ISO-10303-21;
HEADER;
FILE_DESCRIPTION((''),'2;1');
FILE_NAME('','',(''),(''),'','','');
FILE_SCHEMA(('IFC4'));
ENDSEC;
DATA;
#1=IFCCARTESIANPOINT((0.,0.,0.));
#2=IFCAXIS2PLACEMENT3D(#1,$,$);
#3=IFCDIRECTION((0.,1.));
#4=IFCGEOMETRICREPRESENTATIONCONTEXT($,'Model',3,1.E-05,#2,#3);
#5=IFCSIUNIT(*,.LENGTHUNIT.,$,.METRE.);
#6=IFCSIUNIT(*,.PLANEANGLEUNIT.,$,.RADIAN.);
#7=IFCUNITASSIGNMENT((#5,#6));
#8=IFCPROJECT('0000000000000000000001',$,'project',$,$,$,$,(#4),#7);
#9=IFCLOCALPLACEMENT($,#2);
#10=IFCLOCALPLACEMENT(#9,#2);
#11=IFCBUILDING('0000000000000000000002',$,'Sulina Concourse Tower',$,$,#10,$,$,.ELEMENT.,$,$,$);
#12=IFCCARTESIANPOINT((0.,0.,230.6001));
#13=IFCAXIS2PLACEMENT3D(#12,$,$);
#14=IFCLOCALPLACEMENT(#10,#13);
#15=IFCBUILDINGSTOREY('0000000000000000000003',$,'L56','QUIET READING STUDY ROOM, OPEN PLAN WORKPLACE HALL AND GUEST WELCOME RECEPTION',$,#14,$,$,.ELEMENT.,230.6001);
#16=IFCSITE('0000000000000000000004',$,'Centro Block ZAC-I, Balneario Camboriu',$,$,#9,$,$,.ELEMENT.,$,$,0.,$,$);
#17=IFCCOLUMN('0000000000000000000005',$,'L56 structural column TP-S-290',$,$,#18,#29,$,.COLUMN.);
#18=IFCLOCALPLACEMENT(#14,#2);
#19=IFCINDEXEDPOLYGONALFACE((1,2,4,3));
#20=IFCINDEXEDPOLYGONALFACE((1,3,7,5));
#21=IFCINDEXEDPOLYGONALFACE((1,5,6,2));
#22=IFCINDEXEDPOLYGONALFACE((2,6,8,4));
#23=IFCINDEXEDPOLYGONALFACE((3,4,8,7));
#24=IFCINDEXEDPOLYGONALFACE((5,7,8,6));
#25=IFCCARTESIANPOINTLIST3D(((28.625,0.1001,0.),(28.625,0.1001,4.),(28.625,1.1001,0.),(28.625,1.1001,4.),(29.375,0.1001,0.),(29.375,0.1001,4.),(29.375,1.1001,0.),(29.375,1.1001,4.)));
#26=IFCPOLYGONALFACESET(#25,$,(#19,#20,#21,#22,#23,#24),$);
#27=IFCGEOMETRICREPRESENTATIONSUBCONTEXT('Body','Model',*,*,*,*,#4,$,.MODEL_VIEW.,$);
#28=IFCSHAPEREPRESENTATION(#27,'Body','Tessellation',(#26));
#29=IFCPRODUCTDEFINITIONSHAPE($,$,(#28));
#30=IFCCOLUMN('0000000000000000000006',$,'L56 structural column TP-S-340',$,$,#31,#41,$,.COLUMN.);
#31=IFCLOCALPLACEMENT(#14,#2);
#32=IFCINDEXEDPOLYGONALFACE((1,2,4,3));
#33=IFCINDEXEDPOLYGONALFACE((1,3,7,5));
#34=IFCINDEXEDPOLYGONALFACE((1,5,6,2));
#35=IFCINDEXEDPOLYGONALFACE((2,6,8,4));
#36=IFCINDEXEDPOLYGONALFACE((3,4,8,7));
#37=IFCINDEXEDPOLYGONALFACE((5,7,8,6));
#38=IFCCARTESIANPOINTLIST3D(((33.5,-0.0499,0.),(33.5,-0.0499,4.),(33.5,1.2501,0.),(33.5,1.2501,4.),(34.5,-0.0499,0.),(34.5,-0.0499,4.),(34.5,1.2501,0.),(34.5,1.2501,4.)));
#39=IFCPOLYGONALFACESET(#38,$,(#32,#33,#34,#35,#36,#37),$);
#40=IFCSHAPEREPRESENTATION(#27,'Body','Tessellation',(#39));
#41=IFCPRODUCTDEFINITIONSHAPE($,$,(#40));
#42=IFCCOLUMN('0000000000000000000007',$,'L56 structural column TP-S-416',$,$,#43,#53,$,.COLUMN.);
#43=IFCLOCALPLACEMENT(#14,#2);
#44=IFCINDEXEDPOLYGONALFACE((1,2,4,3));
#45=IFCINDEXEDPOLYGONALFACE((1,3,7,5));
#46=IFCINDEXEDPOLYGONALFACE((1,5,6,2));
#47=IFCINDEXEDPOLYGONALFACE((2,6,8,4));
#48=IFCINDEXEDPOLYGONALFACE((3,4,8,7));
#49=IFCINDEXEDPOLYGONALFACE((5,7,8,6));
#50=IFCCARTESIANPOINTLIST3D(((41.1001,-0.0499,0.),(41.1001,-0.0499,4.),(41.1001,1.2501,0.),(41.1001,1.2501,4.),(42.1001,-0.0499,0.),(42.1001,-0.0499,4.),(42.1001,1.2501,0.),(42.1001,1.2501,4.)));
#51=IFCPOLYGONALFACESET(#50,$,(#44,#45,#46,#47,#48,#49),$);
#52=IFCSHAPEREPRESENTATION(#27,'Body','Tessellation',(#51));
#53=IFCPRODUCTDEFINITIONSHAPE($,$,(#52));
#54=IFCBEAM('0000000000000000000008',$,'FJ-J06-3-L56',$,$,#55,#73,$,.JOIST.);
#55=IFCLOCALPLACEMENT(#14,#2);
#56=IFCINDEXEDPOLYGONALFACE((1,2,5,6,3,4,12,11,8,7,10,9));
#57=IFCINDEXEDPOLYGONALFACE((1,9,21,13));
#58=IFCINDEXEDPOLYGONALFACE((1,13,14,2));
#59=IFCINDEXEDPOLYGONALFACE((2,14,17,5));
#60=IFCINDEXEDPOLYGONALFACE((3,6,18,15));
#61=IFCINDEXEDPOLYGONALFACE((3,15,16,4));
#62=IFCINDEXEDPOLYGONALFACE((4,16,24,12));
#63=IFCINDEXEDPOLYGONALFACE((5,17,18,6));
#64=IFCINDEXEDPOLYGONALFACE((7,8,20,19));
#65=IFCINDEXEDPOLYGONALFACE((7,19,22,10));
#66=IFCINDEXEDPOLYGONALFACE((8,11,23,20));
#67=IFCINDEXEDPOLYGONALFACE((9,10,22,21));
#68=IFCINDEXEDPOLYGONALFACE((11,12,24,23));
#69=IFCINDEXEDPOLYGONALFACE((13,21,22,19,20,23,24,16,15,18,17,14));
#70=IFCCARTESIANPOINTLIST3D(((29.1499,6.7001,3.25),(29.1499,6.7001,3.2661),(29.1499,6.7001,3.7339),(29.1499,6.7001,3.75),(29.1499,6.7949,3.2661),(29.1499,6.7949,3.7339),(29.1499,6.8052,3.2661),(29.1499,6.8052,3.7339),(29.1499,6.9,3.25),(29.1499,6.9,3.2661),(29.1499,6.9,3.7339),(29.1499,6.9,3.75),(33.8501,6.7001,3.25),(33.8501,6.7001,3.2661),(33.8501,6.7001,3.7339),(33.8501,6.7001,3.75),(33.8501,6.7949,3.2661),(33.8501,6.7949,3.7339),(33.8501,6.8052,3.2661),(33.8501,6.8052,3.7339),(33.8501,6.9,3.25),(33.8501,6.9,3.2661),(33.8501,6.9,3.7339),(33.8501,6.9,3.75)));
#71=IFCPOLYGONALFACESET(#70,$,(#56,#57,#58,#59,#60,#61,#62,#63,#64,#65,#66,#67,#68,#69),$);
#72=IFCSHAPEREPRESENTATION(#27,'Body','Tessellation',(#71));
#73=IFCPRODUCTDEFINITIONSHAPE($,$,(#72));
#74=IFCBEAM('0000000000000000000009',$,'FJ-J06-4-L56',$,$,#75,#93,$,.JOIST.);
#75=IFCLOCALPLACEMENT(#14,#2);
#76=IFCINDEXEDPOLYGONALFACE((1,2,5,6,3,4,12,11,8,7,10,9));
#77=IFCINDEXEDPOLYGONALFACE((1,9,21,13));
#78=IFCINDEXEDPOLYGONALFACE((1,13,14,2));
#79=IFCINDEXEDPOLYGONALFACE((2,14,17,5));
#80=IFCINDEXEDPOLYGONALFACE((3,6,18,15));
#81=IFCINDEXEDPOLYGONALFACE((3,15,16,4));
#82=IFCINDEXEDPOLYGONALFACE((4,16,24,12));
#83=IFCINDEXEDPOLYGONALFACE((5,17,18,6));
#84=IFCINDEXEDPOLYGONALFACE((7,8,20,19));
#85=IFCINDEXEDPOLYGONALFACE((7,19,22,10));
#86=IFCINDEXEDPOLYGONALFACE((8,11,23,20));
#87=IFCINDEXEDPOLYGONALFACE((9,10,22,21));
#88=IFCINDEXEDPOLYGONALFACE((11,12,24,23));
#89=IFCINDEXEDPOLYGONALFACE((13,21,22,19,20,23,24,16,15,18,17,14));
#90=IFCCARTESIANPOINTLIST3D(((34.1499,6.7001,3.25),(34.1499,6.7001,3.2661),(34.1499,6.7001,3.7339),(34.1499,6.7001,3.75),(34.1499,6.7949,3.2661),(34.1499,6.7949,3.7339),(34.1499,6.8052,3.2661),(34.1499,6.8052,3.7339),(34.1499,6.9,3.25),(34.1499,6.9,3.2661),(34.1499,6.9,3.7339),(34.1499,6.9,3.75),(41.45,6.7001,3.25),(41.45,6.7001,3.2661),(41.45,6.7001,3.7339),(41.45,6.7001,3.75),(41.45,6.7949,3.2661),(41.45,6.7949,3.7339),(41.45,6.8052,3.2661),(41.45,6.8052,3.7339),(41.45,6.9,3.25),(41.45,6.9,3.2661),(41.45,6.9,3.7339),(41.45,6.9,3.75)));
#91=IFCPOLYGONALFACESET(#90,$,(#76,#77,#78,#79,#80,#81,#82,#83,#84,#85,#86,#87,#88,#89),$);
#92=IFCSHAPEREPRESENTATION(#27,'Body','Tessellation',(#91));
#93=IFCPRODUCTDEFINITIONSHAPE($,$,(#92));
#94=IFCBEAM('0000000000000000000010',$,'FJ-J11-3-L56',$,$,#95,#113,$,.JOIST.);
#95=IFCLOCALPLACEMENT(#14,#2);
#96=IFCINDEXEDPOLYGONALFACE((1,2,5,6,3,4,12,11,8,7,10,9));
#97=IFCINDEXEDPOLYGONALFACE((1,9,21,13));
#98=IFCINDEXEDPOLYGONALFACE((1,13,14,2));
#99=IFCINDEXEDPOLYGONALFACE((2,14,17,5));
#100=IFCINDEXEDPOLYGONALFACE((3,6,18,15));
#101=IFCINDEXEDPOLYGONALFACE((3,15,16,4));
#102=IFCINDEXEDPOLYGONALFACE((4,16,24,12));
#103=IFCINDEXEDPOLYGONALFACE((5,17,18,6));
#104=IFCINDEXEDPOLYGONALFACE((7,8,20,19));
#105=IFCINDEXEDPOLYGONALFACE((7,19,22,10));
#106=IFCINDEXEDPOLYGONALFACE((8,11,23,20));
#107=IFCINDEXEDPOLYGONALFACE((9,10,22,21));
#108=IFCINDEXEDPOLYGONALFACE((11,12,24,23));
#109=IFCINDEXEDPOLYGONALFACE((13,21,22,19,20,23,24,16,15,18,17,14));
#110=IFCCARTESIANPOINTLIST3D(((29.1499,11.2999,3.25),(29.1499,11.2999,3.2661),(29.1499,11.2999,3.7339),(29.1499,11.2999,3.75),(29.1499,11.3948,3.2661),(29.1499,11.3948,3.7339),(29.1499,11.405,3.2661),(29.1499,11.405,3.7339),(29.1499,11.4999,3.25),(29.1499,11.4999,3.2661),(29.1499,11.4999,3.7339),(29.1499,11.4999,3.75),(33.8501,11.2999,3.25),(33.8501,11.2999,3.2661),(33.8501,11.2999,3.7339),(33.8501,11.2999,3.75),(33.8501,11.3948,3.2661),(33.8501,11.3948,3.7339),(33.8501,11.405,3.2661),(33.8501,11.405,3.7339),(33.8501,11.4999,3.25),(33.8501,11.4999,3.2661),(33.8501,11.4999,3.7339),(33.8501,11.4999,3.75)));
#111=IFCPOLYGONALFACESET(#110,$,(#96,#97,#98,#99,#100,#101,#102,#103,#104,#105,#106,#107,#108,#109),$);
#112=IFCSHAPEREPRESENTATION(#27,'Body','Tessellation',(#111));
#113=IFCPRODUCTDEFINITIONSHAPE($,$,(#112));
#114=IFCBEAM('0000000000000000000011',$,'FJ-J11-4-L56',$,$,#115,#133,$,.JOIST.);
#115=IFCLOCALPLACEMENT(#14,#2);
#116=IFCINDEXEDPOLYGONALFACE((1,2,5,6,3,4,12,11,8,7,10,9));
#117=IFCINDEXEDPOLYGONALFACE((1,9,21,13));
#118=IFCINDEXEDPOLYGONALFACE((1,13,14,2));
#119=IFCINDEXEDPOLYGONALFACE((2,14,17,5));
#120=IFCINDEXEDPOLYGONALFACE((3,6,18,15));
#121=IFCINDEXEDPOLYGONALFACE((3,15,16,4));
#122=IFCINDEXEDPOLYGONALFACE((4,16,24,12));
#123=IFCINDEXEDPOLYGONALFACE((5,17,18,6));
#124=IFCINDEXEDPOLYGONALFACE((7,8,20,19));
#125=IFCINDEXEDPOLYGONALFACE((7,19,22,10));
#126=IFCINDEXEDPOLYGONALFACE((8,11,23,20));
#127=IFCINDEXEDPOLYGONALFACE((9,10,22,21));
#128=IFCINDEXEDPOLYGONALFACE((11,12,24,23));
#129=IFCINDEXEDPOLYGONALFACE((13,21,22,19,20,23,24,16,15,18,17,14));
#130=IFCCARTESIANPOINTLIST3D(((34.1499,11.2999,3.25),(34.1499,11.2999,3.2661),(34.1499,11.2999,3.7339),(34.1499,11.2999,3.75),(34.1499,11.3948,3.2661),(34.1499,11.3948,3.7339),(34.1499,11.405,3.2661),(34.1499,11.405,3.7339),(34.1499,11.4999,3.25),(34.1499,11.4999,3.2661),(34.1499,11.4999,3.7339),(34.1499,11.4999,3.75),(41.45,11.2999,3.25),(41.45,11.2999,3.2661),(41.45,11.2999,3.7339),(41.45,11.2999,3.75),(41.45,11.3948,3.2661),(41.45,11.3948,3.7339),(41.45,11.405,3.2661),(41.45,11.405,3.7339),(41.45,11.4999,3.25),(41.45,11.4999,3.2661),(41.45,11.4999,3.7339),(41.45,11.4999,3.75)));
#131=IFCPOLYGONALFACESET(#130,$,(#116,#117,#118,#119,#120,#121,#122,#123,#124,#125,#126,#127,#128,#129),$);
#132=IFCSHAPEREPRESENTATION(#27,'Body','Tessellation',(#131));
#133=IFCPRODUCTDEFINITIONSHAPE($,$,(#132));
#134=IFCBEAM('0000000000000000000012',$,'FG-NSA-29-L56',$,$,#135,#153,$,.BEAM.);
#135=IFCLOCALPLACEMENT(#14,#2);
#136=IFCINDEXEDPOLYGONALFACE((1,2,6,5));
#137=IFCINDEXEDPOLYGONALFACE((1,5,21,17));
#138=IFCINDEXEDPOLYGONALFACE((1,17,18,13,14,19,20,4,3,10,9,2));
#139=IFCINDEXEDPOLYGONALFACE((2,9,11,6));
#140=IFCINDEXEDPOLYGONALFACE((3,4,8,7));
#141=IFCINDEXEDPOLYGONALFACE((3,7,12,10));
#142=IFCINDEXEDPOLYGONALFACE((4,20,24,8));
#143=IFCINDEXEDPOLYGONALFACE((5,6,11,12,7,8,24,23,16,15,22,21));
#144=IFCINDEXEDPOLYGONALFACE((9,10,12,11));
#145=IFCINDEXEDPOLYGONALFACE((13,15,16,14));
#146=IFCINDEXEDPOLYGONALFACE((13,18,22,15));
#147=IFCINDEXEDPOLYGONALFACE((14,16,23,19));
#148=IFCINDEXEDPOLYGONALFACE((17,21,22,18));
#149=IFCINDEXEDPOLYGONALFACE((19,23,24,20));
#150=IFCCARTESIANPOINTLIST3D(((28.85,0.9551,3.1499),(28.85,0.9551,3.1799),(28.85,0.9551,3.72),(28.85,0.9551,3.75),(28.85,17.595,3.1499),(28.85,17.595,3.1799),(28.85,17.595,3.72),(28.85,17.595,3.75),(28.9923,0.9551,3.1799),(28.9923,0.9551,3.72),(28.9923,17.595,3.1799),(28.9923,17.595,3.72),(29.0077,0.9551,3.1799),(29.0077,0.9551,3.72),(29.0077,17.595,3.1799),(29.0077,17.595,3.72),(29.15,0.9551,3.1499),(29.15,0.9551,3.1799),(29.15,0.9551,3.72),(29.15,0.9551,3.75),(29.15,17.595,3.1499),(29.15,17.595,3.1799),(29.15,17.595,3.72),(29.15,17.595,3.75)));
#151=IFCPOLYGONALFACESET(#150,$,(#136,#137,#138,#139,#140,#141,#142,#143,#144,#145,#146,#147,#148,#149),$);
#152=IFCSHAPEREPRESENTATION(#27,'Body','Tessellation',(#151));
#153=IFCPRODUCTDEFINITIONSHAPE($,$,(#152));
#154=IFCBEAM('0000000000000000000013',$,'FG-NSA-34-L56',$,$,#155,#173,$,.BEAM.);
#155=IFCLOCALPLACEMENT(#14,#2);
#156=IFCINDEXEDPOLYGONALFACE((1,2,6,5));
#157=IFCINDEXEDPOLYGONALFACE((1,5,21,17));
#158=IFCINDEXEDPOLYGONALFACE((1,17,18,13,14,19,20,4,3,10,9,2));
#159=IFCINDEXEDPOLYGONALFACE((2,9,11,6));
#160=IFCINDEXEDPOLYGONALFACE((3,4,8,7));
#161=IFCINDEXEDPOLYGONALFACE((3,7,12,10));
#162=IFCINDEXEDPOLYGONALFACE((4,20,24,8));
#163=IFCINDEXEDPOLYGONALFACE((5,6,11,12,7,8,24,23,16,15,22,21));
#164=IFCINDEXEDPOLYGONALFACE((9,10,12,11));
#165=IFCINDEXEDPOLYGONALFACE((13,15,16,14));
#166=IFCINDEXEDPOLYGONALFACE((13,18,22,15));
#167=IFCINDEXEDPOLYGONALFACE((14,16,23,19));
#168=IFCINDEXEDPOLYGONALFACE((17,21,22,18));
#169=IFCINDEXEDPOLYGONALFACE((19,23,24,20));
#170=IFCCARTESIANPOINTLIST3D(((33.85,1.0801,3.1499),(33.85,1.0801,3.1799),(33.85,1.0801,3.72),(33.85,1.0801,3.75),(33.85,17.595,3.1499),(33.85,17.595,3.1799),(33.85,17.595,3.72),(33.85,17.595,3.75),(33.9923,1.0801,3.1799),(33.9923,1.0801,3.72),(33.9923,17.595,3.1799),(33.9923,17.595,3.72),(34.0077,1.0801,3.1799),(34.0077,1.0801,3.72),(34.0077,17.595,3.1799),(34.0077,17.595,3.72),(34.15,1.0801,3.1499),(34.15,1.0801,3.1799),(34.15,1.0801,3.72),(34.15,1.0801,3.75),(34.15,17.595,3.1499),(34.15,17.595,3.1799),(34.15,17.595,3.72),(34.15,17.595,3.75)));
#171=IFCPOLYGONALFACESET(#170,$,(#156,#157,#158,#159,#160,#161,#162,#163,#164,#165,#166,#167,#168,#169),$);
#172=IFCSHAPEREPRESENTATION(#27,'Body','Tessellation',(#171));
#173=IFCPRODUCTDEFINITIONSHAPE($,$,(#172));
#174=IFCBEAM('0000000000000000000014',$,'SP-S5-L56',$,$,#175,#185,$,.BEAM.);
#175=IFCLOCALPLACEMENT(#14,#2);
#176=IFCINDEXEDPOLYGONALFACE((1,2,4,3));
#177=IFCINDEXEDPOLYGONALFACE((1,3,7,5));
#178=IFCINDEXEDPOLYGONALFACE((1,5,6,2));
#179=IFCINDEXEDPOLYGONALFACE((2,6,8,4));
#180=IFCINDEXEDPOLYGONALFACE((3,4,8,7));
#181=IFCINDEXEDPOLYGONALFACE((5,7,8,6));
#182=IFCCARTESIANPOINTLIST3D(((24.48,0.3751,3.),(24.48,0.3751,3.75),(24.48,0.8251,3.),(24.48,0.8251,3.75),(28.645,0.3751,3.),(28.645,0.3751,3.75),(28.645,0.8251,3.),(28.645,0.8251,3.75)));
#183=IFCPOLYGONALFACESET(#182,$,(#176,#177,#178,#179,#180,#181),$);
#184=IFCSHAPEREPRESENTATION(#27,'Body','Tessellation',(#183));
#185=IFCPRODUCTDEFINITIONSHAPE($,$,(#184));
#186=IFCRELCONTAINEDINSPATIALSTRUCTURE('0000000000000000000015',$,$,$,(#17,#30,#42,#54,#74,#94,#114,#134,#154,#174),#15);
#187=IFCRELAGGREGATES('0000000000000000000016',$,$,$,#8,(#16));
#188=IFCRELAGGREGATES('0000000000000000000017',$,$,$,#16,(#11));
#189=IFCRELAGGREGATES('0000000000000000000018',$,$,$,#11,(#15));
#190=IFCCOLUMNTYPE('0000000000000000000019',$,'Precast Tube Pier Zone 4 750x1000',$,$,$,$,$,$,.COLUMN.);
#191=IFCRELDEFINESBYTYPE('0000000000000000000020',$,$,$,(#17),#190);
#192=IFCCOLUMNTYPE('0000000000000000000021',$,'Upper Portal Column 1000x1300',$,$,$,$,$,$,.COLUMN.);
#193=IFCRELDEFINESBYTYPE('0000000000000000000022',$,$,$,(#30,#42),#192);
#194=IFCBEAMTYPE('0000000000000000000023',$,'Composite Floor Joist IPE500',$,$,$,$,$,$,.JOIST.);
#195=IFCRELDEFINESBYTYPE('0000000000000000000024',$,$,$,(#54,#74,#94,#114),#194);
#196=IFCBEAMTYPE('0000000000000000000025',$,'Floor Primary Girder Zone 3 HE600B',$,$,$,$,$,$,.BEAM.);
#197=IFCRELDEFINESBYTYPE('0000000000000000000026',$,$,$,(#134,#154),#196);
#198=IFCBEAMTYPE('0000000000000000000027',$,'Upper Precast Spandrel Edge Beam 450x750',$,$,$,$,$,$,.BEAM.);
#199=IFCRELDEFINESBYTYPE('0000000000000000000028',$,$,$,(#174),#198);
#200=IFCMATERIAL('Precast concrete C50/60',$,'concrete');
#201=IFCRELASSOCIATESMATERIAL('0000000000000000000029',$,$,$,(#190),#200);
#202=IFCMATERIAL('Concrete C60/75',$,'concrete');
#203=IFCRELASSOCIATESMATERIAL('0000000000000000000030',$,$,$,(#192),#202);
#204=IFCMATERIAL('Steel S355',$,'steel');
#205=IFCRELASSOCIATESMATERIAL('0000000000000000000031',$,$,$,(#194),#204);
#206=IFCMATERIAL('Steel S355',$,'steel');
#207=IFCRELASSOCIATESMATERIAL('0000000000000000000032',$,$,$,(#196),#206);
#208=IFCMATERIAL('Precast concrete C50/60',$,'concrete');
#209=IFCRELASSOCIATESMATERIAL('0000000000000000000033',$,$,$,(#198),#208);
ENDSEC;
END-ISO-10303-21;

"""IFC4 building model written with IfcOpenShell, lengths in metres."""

from ifc_helpers import new_model, si_unit, direction, frame, origin, origin_2d, place, context, subcontext, project, spatial, rectangle, i_section, extrude, material, material_profile, profile_set, type_object, element, save


model = new_model("IFC4")

# Units and contexts
model_context = context("Model", 3, precision=1e-05, world=origin(), true_north=direction((0.0, 1.0)))
body_context = subcontext(model_context, "Body", "Model", "MODEL_VIEW")
ifc_project = project(units=[si_unit("LENGTHUNIT", "METRE"), si_unit("PLANEANGLEUNIT", "RADIAN")], contexts=[model_context])

# Site, building, storey
site_placement = place(None, origin())
site = spatial("IfcSite", under=ifc_project, at=site_placement, Name="Centro Block ZAC-I, Balneario Camboriu", CompositionType="ELEMENT", RefElevation=0.0)
building_placement = place(site_placement, origin())
building = spatial("IfcBuilding", under=site, at=building_placement, Name="Sulina Concourse Tower", CompositionType="ELEMENT")
storey_placement = place(building_placement, frame((0.0, 0.0, 230.6001)))
storey = spatial("IfcBuildingStorey", under=building, at=storey_placement, Name="L56", Description="QUIET READING STUDY ROOM, OPEN PLAN WORKPLACE HALL AND GUEST WELCOME RECEPTION", CompositionType="ELEMENT", Elevation=230.6001)

# Columns
ifc_material_1 = material(Name="Precast concrete C50/60", Category="concrete")
ifc_material_profile_1 = material_profile(ifc_material_1, rectangle(XDim=0.75, YDim=1.0, at=origin_2d()), Name="PC 750x1000")
ifc_profile_set_1 = profile_set([ifc_material_profile_1], Name="Precast concrete C50/60")
column_type_1 = type_object("IfcColumnType", Name="Precast Tube Pier Zone 4 750x1000", PredefinedType="COLUMN", material=ifc_profile_set_1)
column_placement = place(storey_placement, frame((29.0, 0.6001, 0.0), z_axis=(0.0, 0.0, 1.0), x_axis=(1.0, 0.0, 0.0)))
element("IfcColumn", 1, at=column_placement, inside=storey, type_object=column_type_1, Name="L56 structural column TP-S-290", PredefinedType="COLUMN", context=body_context, shape_type="SweptSolid", body=[
    extrude(rectangle(XDim=0.75, YDim=1.0, at=origin_2d()), origin(), (0.0, 0.0, 1.0), 4.0),
])
ifc_material_2 = material(Name="Concrete C60/75", Category="concrete")
ifc_material_profile_2 = material_profile(ifc_material_2, rectangle(XDim=1.0, YDim=1.3, at=origin_2d()), Name="RC 1000x1300")
ifc_profile_set_2 = profile_set([ifc_material_profile_2], Name="Concrete C60/75")
column_type_2 = type_object("IfcColumnType", Name="Upper Portal Column 1000x1300", PredefinedType="COLUMN", material=ifc_profile_set_2)
for number, where, z_axis, x_axis, name in (
    (2, (34.0, 0.6001, 0.0), (0.0, 0.0, 1.0), (1.0, 0.0, 0.0), "L56 structural column TP-S-340"),
    (3, (41.6001, 0.6001, 0.0), (0.0, 0.0, 1.0), (1.0, 0.0, 0.0), "L56 structural column TP-S-416"),
):
    element("IfcColumn", number, at=place(storey_placement, frame(where, z_axis=z_axis, x_axis=x_axis)), inside=storey, type_object=column_type_2, Name=name, PredefinedType="COLUMN", context=body_context, shape_type="SweptSolid", body=[
        extrude(rectangle(XDim=1.0, YDim=1.3, at=origin_2d()), origin(), (0.0, 0.0, 1.0), 4.0),
    ])

# Beams
ifc_material_3 = material(Name="Steel S355", Category="steel")
ifc_material_profile_3 = material_profile(ifc_material_3, i_section(OverallWidth=0.2, OverallDepth=0.5, WebThickness=0.0103, FlangeThickness=0.0161, at=origin_2d()), Name="IPE 500")
ifc_profile_set_3 = profile_set([ifc_material_profile_3], Name="Steel S355")
beam_type_1 = type_object("IfcBeamType", Name="Composite Floor Joist IPE500", PredefinedType="JOIST", material=ifc_profile_set_3)
beam_1_placement = place(storey_placement, frame((29.1499, 6.8, 3.5), z_axis=(1.0, 0.0, 0.0), x_axis=(0.0, 1.0, 0.0)))
element("IfcBeam", 4, at=beam_1_placement, inside=storey, type_object=beam_type_1, Name="FJ-J06-3-L56", PredefinedType="JOIST", context=body_context, shape_type="SweptSolid", body=[
    extrude(i_section(OverallWidth=0.2, OverallDepth=0.5, WebThickness=0.0103, FlangeThickness=0.0161, at=origin_2d()), origin(), (0.0, 0.0, 1.0), 4.7002),
])
beam_2_placement = place(storey_placement, frame((34.1499, 6.8, 3.5), z_axis=(1.0, 0.0, 0.0), x_axis=(0.0, 1.0, 0.0)))
element("IfcBeam", 5, at=beam_2_placement, inside=storey, type_object=beam_type_1, Name="FJ-J06-4-L56", PredefinedType="JOIST", context=body_context, shape_type="SweptSolid", body=[
    extrude(i_section(OverallWidth=0.2, OverallDepth=0.5, WebThickness=0.0103, FlangeThickness=0.0161, at=origin_2d()), origin(), (0.0, 0.0, 1.0), 7.3),
])
beam_3_placement = place(storey_placement, frame((29.1499, 11.3999, 3.5), z_axis=(1.0, 0.0, 0.0), x_axis=(0.0, 1.0, 0.0)))
element("IfcBeam", 6, at=beam_3_placement, inside=storey, type_object=beam_type_1, Name="FJ-J11-3-L56", PredefinedType="JOIST", context=body_context, shape_type="SweptSolid", body=[
    extrude(i_section(OverallWidth=0.2, OverallDepth=0.5, WebThickness=0.0103, FlangeThickness=0.0161, at=origin_2d()), origin(), (0.0, 0.0, 1.0), 4.7002),
])
beam_4_placement = place(storey_placement, frame((34.1499, 11.3999, 3.5), z_axis=(1.0, 0.0, 0.0), x_axis=(0.0, 1.0, 0.0)))
element("IfcBeam", 7, at=beam_4_placement, inside=storey, type_object=beam_type_1, Name="FJ-J11-4-L56", PredefinedType="JOIST", context=body_context, shape_type="SweptSolid", body=[
    extrude(i_section(OverallWidth=0.2, OverallDepth=0.5, WebThickness=0.0103, FlangeThickness=0.0161, at=origin_2d()), origin(), (0.0, 0.0, 1.0), 7.3),
])
ifc_material_4 = material(Name="Steel S355", Category="steel")
ifc_material_profile_4 = material_profile(ifc_material_4, i_section(OverallWidth=0.3, OverallDepth=0.6001, WebThickness=0.0154, FlangeThickness=0.03, at=origin_2d()), Name="HE 600 B")
ifc_profile_set_4 = profile_set([ifc_material_profile_4], Name="Steel S355")
beam_type_2 = type_object("IfcBeamType", Name="Floor Primary Girder Zone 3 HE600B", PredefinedType="BEAM", material=ifc_profile_set_4)
beam_5_placement = place(storey_placement, frame((29.0, 0.9551, 3.45), z_axis=(0.0, 1.0, 0.0), x_axis=(-1.0, 0.0, 0.0)))
element("IfcBeam", 8, at=beam_5_placement, inside=storey, type_object=beam_type_2, Name="FG-NSA-29-L56", PredefinedType="BEAM", context=body_context, shape_type="SweptSolid", body=[
    extrude(i_section(OverallWidth=0.3, OverallDepth=0.6001, WebThickness=0.0154, FlangeThickness=0.03, at=origin_2d()), origin(), (0.0, 0.0, 1.0), 16.6399),
])
beam_6_placement = place(storey_placement, frame((34.0, 1.0801, 3.45), z_axis=(0.0, 1.0, 0.0), x_axis=(-1.0, 0.0, 0.0)))
element("IfcBeam", 9, at=beam_6_placement, inside=storey, type_object=beam_type_2, Name="FG-NSA-34-L56", PredefinedType="BEAM", context=body_context, shape_type="SweptSolid", body=[
    extrude(i_section(OverallWidth=0.3, OverallDepth=0.6001, WebThickness=0.0154, FlangeThickness=0.03, at=origin_2d()), origin(), (0.0, 0.0, 1.0), 16.5149),
])
ifc_material_5 = material(Name="Precast concrete C50/60", Category="concrete")
ifc_material_profile_5 = material_profile(ifc_material_5, rectangle(XDim=0.45, YDim=0.75, at=origin_2d()), Name="RC 450x750")
ifc_profile_set_5 = profile_set([ifc_material_profile_5], Name="Precast concrete C50/60")
beam_type_3 = type_object("IfcBeamType", Name="Upper Precast Spandrel Edge Beam 450x750", PredefinedType="BEAM", material=ifc_profile_set_5)
for number, where, z_axis, x_axis, name in (
    (10, (24.48, 0.6001, 3.375), (1.0, 0.0, 0.0), (0.0, 1.0, 0.0), "SP-S5-L56"),
):
    element("IfcBeam", number, at=place(storey_placement, frame(where, z_axis=z_axis, x_axis=x_axis)), inside=storey, type_object=beam_type_3, Name=name, PredefinedType="BEAM", context=body_context, shape_type="SweptSolid", body=[
        extrude(rectangle(XDim=0.45, YDim=0.75, at=origin_2d()), origin(), (0.0, 0.0, 1.0), 4.165),
    ])

save(model, "model.ifc")
